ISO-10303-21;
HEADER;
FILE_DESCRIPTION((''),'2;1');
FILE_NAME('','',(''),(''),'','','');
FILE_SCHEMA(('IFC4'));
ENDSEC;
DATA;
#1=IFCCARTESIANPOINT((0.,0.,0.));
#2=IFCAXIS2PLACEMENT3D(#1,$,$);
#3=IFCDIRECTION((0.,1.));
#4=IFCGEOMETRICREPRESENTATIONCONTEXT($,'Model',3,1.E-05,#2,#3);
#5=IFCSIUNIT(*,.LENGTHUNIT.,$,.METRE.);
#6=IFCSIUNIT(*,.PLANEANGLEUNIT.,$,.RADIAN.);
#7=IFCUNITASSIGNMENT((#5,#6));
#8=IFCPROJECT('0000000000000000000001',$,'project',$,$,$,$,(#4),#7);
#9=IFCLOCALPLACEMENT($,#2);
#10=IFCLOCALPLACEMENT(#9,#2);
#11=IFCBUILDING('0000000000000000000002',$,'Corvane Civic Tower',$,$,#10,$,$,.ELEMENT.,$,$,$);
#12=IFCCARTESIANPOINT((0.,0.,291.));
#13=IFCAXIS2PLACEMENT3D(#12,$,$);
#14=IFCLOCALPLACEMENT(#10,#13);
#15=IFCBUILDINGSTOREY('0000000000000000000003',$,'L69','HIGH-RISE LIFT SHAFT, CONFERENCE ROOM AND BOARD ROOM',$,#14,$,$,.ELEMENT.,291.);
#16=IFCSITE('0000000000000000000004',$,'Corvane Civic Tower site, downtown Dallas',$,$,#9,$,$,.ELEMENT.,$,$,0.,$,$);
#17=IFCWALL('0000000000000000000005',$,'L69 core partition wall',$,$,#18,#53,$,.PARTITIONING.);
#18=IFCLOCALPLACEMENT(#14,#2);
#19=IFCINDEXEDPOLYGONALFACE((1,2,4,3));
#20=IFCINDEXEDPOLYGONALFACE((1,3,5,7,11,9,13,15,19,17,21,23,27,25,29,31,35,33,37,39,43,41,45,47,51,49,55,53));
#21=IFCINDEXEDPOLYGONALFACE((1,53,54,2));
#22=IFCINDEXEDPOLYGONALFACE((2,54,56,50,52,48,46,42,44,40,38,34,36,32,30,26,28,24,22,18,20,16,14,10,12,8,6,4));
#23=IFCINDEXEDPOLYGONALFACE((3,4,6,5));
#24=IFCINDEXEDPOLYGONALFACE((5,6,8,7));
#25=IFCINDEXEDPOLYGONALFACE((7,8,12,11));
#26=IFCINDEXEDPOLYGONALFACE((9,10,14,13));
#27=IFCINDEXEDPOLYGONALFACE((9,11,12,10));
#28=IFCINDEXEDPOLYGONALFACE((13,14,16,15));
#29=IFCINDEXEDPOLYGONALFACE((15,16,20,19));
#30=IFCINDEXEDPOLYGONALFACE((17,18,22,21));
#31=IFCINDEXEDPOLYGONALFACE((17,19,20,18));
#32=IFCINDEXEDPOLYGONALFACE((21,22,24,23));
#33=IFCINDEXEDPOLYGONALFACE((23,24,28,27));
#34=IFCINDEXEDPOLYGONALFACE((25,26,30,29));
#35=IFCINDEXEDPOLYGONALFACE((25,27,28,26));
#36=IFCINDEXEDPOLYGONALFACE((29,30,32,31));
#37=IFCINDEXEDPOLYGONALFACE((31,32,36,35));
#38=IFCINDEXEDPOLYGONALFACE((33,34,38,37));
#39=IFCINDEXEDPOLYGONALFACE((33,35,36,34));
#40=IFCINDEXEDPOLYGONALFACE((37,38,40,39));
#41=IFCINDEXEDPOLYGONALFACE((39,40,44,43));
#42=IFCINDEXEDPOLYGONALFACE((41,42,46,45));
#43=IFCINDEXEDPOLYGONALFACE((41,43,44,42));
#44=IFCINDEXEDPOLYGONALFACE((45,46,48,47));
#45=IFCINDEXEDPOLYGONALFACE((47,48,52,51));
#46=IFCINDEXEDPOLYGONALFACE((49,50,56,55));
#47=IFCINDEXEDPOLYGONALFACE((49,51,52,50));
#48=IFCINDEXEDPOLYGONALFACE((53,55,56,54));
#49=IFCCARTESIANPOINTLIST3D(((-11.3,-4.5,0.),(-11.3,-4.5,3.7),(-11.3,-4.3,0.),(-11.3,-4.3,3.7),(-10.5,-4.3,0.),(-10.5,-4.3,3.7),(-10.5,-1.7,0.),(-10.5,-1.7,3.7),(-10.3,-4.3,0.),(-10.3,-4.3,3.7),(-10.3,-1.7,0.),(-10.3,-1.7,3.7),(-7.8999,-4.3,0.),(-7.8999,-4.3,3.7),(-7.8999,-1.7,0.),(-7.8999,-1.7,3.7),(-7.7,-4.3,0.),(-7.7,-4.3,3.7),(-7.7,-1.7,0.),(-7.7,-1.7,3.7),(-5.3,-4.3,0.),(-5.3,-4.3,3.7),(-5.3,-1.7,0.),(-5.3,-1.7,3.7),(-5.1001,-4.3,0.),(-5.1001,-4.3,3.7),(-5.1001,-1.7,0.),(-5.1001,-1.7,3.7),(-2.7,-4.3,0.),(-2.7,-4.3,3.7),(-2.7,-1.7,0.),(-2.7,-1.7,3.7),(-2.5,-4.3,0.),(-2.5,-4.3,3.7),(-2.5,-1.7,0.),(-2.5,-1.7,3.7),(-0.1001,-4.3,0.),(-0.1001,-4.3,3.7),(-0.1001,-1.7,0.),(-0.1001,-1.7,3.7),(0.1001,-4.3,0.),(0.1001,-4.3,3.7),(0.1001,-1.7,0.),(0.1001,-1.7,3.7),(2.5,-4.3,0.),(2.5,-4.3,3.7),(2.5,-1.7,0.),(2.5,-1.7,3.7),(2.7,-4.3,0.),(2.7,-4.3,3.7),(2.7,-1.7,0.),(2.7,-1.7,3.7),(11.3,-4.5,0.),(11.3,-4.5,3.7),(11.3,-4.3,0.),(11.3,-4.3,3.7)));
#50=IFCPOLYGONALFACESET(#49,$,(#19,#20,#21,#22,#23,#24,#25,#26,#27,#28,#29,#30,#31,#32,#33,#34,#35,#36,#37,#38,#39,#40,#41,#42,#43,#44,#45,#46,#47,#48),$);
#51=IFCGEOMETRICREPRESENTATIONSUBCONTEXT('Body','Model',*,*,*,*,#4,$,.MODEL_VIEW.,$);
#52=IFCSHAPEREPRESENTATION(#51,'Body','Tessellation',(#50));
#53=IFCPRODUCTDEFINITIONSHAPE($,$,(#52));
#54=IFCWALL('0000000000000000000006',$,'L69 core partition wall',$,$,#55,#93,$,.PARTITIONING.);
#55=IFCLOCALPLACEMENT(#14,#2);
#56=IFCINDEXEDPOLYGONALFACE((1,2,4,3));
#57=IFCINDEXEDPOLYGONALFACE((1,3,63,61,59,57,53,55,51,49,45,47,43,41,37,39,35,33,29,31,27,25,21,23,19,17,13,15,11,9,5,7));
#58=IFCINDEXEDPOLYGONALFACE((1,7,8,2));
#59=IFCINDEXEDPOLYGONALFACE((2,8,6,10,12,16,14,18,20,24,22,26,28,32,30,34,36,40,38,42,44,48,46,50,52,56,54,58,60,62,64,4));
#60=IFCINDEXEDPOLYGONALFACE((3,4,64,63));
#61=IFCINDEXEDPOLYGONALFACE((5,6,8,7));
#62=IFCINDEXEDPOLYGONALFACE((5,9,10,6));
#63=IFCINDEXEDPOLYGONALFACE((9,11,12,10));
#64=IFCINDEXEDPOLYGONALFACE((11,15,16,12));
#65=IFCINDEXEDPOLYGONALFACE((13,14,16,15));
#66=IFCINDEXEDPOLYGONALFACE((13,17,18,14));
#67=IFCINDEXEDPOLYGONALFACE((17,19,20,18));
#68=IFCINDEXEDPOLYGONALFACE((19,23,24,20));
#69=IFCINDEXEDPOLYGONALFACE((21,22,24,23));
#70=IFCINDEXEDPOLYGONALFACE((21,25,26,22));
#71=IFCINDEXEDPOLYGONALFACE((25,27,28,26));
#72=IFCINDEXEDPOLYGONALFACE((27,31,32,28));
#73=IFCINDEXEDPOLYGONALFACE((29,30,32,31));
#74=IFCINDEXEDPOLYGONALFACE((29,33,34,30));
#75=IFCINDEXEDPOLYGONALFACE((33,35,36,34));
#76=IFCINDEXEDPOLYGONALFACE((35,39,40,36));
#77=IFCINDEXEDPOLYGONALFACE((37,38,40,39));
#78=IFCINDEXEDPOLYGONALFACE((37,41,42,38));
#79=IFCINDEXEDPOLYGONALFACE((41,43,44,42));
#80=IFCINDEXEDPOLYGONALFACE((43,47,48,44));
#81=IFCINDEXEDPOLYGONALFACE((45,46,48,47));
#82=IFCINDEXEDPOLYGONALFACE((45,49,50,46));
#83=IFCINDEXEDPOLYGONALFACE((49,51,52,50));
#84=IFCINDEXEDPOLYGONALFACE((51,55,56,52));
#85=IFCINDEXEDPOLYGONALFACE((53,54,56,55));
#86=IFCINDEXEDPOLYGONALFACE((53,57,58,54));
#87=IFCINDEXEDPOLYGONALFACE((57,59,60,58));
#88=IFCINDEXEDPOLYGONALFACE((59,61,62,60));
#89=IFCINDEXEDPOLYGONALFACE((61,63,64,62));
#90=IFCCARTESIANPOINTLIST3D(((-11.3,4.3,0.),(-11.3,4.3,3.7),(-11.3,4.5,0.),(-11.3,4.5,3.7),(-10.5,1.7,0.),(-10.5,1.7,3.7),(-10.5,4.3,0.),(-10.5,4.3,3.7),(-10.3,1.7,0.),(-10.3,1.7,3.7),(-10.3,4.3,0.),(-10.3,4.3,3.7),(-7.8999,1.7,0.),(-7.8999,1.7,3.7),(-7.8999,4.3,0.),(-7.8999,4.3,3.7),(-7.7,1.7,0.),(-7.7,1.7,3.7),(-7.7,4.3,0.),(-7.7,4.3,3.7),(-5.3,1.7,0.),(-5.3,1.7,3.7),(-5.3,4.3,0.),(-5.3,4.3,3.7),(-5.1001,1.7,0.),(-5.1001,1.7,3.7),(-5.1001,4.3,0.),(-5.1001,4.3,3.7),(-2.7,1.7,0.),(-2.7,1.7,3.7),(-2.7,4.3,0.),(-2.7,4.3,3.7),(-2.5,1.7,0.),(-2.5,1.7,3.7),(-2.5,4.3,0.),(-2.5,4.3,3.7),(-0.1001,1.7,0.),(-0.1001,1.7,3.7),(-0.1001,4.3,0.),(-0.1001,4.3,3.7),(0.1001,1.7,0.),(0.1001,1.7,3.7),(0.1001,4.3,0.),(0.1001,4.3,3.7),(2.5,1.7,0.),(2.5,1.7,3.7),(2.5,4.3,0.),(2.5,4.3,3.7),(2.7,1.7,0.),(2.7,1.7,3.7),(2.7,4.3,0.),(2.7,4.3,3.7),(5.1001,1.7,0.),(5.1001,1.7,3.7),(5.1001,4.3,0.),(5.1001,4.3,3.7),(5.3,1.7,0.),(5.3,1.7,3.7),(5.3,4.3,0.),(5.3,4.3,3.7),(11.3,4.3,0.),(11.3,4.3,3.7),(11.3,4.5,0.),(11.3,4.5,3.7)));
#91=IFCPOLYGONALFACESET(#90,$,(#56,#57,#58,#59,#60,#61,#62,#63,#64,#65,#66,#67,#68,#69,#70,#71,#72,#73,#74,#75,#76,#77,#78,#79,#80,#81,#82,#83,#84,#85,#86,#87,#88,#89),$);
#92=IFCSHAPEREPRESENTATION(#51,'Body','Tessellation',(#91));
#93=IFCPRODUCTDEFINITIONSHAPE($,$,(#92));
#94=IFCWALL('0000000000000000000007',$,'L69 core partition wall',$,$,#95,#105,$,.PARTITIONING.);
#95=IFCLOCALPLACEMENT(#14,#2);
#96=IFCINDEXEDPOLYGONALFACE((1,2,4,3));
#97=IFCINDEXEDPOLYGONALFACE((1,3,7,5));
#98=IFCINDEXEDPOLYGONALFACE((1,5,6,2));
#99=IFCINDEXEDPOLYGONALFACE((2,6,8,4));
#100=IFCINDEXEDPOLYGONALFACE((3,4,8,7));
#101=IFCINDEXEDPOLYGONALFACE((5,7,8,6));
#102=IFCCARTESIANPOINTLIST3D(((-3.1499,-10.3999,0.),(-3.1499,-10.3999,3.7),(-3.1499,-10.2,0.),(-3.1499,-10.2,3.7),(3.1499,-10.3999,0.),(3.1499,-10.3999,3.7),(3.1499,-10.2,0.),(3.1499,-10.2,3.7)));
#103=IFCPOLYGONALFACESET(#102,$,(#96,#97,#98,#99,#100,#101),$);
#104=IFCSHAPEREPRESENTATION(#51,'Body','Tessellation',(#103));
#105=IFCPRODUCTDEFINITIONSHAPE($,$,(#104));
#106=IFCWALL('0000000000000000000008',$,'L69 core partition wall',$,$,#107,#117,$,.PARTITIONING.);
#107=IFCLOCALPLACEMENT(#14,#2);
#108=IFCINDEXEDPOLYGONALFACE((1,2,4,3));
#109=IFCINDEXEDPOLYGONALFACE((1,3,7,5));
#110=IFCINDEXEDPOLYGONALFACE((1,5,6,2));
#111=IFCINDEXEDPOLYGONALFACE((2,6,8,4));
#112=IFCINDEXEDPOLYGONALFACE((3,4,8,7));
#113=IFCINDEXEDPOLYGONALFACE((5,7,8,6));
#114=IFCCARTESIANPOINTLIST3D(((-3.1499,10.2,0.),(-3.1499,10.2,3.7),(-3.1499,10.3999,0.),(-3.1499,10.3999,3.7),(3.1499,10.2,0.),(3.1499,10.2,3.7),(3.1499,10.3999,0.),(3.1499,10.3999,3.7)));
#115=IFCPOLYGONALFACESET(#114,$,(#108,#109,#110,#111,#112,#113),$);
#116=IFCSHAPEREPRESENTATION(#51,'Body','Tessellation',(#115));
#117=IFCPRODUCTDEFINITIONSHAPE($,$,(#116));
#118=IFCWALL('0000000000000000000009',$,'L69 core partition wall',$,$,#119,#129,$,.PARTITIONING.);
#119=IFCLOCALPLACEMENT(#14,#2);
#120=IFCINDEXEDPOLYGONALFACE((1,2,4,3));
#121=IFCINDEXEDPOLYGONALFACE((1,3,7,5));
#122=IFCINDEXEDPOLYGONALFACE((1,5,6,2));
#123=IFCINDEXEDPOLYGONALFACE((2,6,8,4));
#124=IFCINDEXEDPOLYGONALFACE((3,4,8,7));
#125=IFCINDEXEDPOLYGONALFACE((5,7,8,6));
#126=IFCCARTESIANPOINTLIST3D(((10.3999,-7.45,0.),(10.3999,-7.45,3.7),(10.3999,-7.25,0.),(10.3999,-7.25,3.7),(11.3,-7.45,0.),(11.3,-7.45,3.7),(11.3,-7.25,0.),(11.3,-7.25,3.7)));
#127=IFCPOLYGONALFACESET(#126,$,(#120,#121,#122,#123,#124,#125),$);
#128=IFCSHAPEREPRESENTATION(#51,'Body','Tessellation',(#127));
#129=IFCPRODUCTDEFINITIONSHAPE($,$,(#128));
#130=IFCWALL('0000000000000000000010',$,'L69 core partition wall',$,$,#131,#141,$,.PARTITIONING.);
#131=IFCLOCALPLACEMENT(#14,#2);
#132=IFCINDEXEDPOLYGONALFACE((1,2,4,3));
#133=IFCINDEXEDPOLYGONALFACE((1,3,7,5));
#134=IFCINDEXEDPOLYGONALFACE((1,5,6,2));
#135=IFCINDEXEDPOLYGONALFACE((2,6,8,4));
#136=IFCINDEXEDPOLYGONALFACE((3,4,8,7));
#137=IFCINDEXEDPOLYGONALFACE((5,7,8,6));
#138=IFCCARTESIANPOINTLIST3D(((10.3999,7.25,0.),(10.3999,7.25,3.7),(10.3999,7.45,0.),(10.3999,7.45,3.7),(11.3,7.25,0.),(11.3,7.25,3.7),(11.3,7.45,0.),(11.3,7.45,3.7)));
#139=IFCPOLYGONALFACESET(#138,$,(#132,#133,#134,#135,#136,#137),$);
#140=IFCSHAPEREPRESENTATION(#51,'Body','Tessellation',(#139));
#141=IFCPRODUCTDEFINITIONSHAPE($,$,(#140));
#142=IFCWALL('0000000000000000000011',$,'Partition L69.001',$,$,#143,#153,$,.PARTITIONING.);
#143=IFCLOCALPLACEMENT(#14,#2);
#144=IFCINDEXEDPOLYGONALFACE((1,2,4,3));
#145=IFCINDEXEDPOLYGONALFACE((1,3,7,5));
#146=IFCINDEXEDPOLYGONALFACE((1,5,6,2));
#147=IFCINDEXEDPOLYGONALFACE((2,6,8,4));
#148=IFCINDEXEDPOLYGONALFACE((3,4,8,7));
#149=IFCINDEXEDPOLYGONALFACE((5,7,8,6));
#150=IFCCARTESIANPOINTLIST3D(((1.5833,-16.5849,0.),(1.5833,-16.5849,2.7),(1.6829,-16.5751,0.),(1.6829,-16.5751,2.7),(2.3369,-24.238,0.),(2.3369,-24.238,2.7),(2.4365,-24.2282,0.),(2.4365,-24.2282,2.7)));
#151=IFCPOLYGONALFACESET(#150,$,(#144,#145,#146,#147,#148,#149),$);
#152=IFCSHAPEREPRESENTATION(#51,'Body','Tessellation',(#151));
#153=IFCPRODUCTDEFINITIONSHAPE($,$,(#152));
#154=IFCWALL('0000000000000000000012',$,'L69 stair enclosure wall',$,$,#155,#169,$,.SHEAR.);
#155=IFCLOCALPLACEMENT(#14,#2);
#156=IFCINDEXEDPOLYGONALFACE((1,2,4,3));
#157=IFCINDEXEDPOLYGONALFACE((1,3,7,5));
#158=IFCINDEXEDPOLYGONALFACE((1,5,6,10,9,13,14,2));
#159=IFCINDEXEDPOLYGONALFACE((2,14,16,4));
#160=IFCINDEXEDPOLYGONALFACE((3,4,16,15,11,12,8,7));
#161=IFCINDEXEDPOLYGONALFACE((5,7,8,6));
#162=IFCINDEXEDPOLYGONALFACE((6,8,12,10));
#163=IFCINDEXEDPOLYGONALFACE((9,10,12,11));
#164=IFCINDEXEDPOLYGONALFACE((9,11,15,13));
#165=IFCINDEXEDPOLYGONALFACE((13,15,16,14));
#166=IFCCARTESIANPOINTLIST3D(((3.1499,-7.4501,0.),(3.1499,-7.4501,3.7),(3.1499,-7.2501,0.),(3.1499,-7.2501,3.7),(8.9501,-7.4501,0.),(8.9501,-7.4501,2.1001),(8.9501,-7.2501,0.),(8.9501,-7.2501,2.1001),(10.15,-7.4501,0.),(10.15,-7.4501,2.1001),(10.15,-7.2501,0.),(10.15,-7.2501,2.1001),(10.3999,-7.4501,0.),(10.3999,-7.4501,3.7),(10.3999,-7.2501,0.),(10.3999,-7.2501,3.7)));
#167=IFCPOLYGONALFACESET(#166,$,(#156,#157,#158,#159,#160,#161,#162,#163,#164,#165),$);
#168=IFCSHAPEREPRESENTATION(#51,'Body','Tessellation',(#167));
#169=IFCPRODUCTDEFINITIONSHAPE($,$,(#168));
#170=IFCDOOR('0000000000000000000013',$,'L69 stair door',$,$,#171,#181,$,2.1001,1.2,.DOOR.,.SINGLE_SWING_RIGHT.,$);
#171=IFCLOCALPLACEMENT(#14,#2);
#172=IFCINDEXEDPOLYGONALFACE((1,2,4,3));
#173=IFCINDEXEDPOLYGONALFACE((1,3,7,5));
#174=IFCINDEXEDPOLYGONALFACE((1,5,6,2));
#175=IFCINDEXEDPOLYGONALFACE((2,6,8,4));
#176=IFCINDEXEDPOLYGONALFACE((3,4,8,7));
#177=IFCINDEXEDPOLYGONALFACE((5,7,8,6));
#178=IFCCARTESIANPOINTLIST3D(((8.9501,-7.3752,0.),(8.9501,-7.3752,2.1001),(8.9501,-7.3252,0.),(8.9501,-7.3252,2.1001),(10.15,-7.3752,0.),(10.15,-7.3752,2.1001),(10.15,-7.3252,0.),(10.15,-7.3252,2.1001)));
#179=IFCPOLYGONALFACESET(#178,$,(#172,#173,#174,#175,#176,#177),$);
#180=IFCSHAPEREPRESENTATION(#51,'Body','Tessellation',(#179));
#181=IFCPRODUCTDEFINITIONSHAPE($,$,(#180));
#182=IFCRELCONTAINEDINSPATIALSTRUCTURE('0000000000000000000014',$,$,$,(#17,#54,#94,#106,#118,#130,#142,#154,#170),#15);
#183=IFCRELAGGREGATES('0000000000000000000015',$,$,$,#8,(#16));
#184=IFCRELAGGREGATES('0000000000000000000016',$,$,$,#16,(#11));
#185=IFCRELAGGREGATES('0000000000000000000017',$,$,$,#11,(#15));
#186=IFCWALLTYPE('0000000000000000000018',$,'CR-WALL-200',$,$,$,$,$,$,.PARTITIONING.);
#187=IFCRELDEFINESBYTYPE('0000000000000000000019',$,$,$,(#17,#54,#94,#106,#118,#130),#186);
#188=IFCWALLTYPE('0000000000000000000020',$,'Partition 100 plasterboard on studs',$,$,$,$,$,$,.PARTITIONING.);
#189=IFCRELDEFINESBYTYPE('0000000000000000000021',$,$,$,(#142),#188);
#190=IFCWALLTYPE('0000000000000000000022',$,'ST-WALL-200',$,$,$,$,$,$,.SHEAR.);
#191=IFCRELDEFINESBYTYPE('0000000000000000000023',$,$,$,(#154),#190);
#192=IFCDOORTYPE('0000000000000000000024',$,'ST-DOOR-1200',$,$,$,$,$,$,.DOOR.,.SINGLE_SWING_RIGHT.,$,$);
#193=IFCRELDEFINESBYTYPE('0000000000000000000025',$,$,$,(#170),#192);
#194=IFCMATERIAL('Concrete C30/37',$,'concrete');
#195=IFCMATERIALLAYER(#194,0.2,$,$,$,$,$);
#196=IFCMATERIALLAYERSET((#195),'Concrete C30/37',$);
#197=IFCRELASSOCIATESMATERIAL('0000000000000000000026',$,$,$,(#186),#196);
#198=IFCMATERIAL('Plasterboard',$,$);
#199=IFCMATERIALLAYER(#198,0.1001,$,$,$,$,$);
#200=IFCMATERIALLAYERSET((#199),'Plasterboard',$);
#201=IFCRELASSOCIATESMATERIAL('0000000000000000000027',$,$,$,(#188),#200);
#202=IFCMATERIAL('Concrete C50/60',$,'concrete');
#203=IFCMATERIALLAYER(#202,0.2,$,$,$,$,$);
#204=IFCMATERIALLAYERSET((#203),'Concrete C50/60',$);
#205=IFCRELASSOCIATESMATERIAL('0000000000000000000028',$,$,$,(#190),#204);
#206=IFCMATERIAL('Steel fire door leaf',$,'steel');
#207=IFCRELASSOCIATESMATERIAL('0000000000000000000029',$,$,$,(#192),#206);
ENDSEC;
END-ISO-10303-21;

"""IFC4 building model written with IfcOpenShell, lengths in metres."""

from ifc_helpers import new_model, si_unit, direction, frame, frame_2d, origin, place, context, subcontext, project, spatial, polyline, rectangle, outline, extrude, material, layer, layer_set, type_object, element, fill, save


model = new_model("IFC4")

# Units and contexts
model_context = context("Model", 3, precision=1e-05, world=origin(), true_north=direction((0.0, 1.0)))
body_context = subcontext(model_context, "Body", "Model", "MODEL_VIEW")
ifc_project = project(units=[si_unit("LENGTHUNIT", "METRE"), si_unit("PLANEANGLEUNIT", "RADIAN")], contexts=[model_context])

# Site, building, storey
site_placement = place(None, origin())
site = spatial("IfcSite", under=ifc_project, at=site_placement, Name="Corvane Civic Tower site, downtown Dallas", CompositionType="ELEMENT", RefElevation=0.0)
building_placement = place(site_placement, origin())
building = spatial("IfcBuilding", under=site, at=building_placement, Name="Corvane Civic Tower", CompositionType="ELEMENT")
storey_placement = place(building_placement, frame((0.0, 0.0, 291.0)))
storey = spatial("IfcBuildingStorey", under=building, at=storey_placement, Name="L69", Description="HIGH-RISE LIFT SHAFT, CONFERENCE ROOM AND BOARD ROOM", CompositionType="ELEMENT", Elevation=291.0)

# Shared definitions
ifc_material_1 = material(Name="Concrete C30/37", Category="concrete")
ifc_layer_1 = layer(ifc_material_1, 0.2)
ifc_layer_set_1 = layer_set([ifc_layer_1], Name="Concrete C30/37")
wall_type_1 = type_object("IfcWallType", Name="CR-WALL-200", PredefinedType="PARTITIONING", material=ifc_layer_set_1)

# Walls
wall_1_placement = place(storey_placement, origin())
element("IfcWall", 1, at=wall_1_placement, inside=storey, type_object=wall_type_1, Name="L69 core partition wall", PredefinedType="PARTITIONING", context=body_context, shape_type="SweptSolid", body=[
    extrude(outline(polyline([(-10.3, -1.7), (-10.3, -4.3), (-7.8999, -4.3), (-7.8999, -1.7), (-7.7, -1.7), (-7.7, -4.3), (-5.3, -4.3), (-5.3, -1.7), (-5.1001, -1.7), (-5.1001, -4.3), (-2.7, -4.3), (-2.7, -1.7), (-2.5, -1.7), (-2.5, -4.3), (-0.1001, -4.3), (-0.1001, -1.7), (0.1001, -1.7), (0.1001, -4.3), (2.5, -4.3), (2.5, -1.7), (2.7, -1.7), (2.7, -4.3), (11.3, -4.3), (11.3, -4.5), (-11.3, -4.5), (-11.3, -4.3), (-10.5, -4.3), (-10.5, -1.7), (-10.3, -1.7)])), origin(), (0.0, 0.0, 1.0), 3.7),
])
wall_2_placement = place(storey_placement, origin())
element("IfcWall", 2, at=wall_2_placement, inside=storey, type_object=wall_type_1, Name="L69 core partition wall", PredefinedType="PARTITIONING", context=body_context, shape_type="SweptSolid", body=[
    extrude(outline(polyline([(-10.3, 1.7), (-10.5, 1.7), (-10.5, 4.3), (-11.3, 4.3), (-11.3, 4.5), (11.3, 4.5), (11.3, 4.3), (5.3, 4.3), (5.3, 1.7), (5.1001, 1.7), (5.1001, 4.3), (2.7, 4.3), (2.7, 1.7), (2.5, 1.7), (2.5, 4.3), (0.1001, 4.3), (0.1001, 1.7), (-0.1001, 1.7), (-0.1001, 4.3), (-2.5, 4.3), (-2.5, 1.7), (-2.7, 1.7), (-2.7, 4.3), (-5.1001, 4.3), (-5.1001, 1.7), (-5.3, 1.7), (-5.3, 4.3), (-7.7, 4.3), (-7.7, 1.7), (-7.8999, 1.7), (-7.8999, 4.3), (-10.3, 4.3), (-10.3, 1.7)])), origin(), (0.0, 0.0, 1.0), 3.7),
])
wall_3_placement = place(storey_placement, origin())
element("IfcWall", 3, at=wall_3_placement, inside=storey, type_object=wall_type_1, Name="L69 core partition wall", PredefinedType="PARTITIONING", context=body_context, shape_type="SweptSolid", body=[
    extrude(outline(polyline([(3.1499, -10.2), (3.1499, -10.3999), (-3.1499, -10.3999), (-3.1499, -10.2), (3.1499, -10.2)])), origin(), (0.0, 0.0, 1.0), 3.7),
])
wall_4_placement = place(storey_placement, origin())
element("IfcWall", 4, at=wall_4_placement, inside=storey, type_object=wall_type_1, Name="L69 core partition wall", PredefinedType="PARTITIONING", context=body_context, shape_type="SweptSolid", body=[
    extrude(outline(polyline([(3.1499, 10.2), (-3.1499, 10.2), (-3.1499, 10.3999), (3.1499, 10.3999), (3.1499, 10.2)])), origin(), (0.0, 0.0, 1.0), 3.7),
])
wall_5_placement = place(storey_placement, origin())
element("IfcWall", 5, at=wall_5_placement, inside=storey, type_object=wall_type_1, Name="L69 core partition wall", PredefinedType="PARTITIONING", context=body_context, shape_type="SweptSolid", body=[
    extrude(outline(polyline([(11.3, -7.45), (10.3999, -7.45), (10.3999, -7.25), (11.3, -7.25), (11.3, -7.45)])), origin(), (0.0, 0.0, 1.0), 3.7),
])
wall_6_placement = place(storey_placement, origin())
element("IfcWall", 6, at=wall_6_placement, inside=storey, type_object=wall_type_1, Name="L69 core partition wall", PredefinedType="PARTITIONING", context=body_context, shape_type="SweptSolid", body=[
    extrude(outline(polyline([(11.3, 7.25), (10.3999, 7.25), (10.3999, 7.45), (11.3, 7.45), (11.3, 7.25)])), origin(), (0.0, 0.0, 1.0), 3.7),
])
ifc_material_2 = material(Name="Plasterboard")
ifc_layer_2 = layer(ifc_material_2, 0.1001)
ifc_layer_set_2 = layer_set([ifc_layer_2], Name="Plasterboard")
wall_type_2 = type_object("IfcWallType", Name="Partition 100 plasterboard on studs", PredefinedType="PARTITIONING", material=ifc_layer_set_2)
wall_7_placement = place(storey_placement, frame((1.6331, -16.5798, 0.0), z_axis=(0.0, 0.0, 1.0), x_axis=(0.098004, -0.995186, 0.0)))
element("IfcWall", 7, at=wall_7_placement, inside=storey, type_object=wall_type_2, Name="Partition L69.001", PredefinedType="PARTITIONING", context=body_context, shape_type="SweptSolid", body=[
    extrude(rectangle(XDim=7.6902, YDim=0.1001, at=frame_2d((3.8452, 0.0))), origin(), (0.0, 0.0, 1.0), 2.7),
])

# Wall, opening, door
ifc_material_3 = material(Name="Concrete C50/60", Category="concrete")
ifc_layer_3 = layer(ifc_material_3, 0.2)
ifc_layer_set_3 = layer_set([ifc_layer_3], Name="Concrete C50/60")
wall_type_3 = type_object("IfcWallType", Name="ST-WALL-200", PredefinedType="SHEAR", material=ifc_layer_set_3)
wall_8_placement = place(storey_placement, frame((3.1499, -7.3501, 0.0), z_axis=(0.0, 0.0, 1.0), x_axis=(1.0, 0.0, 0.0)))
wall_8 = element("IfcWall", 8, at=wall_8_placement, inside=storey, type_object=wall_type_3, Name="L69 stair enclosure wall", PredefinedType="SHEAR", context=body_context, shape_type="SweptSolid", body=[
    extrude(rectangle(XDim=7.25, YDim=0.2, at=frame_2d((3.625, 0.0))), origin(), (0.0, 0.0, 1.0), 3.7),
])
opening_1_placement = place(wall_8_placement, frame((5.8, 0.0, 0.0)))
opening_1 = element("IfcOpeningElement", 9, at=opening_1_placement, cuts=wall_8, PredefinedType="OPENING", context=body_context, shape_type="SweptSolid", body=[
    extrude(rectangle(XDim=1.2, YDim=2.1001, at=frame_2d((0.6001, 1.05))), frame((0.0, 0.1099, 0.0), z_axis=(0.0, -1.0, 0.0), x_axis=(1.0, 0.0, 0.0)), (0.0, 0.0, 1.0), 0.22),
])
ifc_material_4 = material(Name="Steel fire door leaf", Category="steel")
door_type_1 = type_object("IfcDoorType", Name="ST-DOOR-1200", OperationType="SINGLE_SWING_RIGHT", PredefinedType="DOOR", material=ifc_material_4)
door_1_placement = place(opening_1_placement, origin())
door_1 = element("IfcDoor", 10, at=door_1_placement, inside=storey, type_object=door_type_1, Name="L69 stair door", OperationType="SINGLE_SWING_RIGHT", OverallHeight=2.1001, OverallWidth=1.2, PredefinedType="DOOR", context=body_context, shape_type="SweptSolid", body=[
    extrude(rectangle(XDim=1.2, YDim=2.1001, at=frame_2d((0.6001, 1.05))), frame((0.0, 0.0249, 0.0), z_axis=(0.0, -1.0, 0.0), x_axis=(1.0, 0.0, 0.0)), (0.0, 0.0, 1.0), 0.05),
])
fill(opening_1, door_1)

save(model, "model.ifc")
